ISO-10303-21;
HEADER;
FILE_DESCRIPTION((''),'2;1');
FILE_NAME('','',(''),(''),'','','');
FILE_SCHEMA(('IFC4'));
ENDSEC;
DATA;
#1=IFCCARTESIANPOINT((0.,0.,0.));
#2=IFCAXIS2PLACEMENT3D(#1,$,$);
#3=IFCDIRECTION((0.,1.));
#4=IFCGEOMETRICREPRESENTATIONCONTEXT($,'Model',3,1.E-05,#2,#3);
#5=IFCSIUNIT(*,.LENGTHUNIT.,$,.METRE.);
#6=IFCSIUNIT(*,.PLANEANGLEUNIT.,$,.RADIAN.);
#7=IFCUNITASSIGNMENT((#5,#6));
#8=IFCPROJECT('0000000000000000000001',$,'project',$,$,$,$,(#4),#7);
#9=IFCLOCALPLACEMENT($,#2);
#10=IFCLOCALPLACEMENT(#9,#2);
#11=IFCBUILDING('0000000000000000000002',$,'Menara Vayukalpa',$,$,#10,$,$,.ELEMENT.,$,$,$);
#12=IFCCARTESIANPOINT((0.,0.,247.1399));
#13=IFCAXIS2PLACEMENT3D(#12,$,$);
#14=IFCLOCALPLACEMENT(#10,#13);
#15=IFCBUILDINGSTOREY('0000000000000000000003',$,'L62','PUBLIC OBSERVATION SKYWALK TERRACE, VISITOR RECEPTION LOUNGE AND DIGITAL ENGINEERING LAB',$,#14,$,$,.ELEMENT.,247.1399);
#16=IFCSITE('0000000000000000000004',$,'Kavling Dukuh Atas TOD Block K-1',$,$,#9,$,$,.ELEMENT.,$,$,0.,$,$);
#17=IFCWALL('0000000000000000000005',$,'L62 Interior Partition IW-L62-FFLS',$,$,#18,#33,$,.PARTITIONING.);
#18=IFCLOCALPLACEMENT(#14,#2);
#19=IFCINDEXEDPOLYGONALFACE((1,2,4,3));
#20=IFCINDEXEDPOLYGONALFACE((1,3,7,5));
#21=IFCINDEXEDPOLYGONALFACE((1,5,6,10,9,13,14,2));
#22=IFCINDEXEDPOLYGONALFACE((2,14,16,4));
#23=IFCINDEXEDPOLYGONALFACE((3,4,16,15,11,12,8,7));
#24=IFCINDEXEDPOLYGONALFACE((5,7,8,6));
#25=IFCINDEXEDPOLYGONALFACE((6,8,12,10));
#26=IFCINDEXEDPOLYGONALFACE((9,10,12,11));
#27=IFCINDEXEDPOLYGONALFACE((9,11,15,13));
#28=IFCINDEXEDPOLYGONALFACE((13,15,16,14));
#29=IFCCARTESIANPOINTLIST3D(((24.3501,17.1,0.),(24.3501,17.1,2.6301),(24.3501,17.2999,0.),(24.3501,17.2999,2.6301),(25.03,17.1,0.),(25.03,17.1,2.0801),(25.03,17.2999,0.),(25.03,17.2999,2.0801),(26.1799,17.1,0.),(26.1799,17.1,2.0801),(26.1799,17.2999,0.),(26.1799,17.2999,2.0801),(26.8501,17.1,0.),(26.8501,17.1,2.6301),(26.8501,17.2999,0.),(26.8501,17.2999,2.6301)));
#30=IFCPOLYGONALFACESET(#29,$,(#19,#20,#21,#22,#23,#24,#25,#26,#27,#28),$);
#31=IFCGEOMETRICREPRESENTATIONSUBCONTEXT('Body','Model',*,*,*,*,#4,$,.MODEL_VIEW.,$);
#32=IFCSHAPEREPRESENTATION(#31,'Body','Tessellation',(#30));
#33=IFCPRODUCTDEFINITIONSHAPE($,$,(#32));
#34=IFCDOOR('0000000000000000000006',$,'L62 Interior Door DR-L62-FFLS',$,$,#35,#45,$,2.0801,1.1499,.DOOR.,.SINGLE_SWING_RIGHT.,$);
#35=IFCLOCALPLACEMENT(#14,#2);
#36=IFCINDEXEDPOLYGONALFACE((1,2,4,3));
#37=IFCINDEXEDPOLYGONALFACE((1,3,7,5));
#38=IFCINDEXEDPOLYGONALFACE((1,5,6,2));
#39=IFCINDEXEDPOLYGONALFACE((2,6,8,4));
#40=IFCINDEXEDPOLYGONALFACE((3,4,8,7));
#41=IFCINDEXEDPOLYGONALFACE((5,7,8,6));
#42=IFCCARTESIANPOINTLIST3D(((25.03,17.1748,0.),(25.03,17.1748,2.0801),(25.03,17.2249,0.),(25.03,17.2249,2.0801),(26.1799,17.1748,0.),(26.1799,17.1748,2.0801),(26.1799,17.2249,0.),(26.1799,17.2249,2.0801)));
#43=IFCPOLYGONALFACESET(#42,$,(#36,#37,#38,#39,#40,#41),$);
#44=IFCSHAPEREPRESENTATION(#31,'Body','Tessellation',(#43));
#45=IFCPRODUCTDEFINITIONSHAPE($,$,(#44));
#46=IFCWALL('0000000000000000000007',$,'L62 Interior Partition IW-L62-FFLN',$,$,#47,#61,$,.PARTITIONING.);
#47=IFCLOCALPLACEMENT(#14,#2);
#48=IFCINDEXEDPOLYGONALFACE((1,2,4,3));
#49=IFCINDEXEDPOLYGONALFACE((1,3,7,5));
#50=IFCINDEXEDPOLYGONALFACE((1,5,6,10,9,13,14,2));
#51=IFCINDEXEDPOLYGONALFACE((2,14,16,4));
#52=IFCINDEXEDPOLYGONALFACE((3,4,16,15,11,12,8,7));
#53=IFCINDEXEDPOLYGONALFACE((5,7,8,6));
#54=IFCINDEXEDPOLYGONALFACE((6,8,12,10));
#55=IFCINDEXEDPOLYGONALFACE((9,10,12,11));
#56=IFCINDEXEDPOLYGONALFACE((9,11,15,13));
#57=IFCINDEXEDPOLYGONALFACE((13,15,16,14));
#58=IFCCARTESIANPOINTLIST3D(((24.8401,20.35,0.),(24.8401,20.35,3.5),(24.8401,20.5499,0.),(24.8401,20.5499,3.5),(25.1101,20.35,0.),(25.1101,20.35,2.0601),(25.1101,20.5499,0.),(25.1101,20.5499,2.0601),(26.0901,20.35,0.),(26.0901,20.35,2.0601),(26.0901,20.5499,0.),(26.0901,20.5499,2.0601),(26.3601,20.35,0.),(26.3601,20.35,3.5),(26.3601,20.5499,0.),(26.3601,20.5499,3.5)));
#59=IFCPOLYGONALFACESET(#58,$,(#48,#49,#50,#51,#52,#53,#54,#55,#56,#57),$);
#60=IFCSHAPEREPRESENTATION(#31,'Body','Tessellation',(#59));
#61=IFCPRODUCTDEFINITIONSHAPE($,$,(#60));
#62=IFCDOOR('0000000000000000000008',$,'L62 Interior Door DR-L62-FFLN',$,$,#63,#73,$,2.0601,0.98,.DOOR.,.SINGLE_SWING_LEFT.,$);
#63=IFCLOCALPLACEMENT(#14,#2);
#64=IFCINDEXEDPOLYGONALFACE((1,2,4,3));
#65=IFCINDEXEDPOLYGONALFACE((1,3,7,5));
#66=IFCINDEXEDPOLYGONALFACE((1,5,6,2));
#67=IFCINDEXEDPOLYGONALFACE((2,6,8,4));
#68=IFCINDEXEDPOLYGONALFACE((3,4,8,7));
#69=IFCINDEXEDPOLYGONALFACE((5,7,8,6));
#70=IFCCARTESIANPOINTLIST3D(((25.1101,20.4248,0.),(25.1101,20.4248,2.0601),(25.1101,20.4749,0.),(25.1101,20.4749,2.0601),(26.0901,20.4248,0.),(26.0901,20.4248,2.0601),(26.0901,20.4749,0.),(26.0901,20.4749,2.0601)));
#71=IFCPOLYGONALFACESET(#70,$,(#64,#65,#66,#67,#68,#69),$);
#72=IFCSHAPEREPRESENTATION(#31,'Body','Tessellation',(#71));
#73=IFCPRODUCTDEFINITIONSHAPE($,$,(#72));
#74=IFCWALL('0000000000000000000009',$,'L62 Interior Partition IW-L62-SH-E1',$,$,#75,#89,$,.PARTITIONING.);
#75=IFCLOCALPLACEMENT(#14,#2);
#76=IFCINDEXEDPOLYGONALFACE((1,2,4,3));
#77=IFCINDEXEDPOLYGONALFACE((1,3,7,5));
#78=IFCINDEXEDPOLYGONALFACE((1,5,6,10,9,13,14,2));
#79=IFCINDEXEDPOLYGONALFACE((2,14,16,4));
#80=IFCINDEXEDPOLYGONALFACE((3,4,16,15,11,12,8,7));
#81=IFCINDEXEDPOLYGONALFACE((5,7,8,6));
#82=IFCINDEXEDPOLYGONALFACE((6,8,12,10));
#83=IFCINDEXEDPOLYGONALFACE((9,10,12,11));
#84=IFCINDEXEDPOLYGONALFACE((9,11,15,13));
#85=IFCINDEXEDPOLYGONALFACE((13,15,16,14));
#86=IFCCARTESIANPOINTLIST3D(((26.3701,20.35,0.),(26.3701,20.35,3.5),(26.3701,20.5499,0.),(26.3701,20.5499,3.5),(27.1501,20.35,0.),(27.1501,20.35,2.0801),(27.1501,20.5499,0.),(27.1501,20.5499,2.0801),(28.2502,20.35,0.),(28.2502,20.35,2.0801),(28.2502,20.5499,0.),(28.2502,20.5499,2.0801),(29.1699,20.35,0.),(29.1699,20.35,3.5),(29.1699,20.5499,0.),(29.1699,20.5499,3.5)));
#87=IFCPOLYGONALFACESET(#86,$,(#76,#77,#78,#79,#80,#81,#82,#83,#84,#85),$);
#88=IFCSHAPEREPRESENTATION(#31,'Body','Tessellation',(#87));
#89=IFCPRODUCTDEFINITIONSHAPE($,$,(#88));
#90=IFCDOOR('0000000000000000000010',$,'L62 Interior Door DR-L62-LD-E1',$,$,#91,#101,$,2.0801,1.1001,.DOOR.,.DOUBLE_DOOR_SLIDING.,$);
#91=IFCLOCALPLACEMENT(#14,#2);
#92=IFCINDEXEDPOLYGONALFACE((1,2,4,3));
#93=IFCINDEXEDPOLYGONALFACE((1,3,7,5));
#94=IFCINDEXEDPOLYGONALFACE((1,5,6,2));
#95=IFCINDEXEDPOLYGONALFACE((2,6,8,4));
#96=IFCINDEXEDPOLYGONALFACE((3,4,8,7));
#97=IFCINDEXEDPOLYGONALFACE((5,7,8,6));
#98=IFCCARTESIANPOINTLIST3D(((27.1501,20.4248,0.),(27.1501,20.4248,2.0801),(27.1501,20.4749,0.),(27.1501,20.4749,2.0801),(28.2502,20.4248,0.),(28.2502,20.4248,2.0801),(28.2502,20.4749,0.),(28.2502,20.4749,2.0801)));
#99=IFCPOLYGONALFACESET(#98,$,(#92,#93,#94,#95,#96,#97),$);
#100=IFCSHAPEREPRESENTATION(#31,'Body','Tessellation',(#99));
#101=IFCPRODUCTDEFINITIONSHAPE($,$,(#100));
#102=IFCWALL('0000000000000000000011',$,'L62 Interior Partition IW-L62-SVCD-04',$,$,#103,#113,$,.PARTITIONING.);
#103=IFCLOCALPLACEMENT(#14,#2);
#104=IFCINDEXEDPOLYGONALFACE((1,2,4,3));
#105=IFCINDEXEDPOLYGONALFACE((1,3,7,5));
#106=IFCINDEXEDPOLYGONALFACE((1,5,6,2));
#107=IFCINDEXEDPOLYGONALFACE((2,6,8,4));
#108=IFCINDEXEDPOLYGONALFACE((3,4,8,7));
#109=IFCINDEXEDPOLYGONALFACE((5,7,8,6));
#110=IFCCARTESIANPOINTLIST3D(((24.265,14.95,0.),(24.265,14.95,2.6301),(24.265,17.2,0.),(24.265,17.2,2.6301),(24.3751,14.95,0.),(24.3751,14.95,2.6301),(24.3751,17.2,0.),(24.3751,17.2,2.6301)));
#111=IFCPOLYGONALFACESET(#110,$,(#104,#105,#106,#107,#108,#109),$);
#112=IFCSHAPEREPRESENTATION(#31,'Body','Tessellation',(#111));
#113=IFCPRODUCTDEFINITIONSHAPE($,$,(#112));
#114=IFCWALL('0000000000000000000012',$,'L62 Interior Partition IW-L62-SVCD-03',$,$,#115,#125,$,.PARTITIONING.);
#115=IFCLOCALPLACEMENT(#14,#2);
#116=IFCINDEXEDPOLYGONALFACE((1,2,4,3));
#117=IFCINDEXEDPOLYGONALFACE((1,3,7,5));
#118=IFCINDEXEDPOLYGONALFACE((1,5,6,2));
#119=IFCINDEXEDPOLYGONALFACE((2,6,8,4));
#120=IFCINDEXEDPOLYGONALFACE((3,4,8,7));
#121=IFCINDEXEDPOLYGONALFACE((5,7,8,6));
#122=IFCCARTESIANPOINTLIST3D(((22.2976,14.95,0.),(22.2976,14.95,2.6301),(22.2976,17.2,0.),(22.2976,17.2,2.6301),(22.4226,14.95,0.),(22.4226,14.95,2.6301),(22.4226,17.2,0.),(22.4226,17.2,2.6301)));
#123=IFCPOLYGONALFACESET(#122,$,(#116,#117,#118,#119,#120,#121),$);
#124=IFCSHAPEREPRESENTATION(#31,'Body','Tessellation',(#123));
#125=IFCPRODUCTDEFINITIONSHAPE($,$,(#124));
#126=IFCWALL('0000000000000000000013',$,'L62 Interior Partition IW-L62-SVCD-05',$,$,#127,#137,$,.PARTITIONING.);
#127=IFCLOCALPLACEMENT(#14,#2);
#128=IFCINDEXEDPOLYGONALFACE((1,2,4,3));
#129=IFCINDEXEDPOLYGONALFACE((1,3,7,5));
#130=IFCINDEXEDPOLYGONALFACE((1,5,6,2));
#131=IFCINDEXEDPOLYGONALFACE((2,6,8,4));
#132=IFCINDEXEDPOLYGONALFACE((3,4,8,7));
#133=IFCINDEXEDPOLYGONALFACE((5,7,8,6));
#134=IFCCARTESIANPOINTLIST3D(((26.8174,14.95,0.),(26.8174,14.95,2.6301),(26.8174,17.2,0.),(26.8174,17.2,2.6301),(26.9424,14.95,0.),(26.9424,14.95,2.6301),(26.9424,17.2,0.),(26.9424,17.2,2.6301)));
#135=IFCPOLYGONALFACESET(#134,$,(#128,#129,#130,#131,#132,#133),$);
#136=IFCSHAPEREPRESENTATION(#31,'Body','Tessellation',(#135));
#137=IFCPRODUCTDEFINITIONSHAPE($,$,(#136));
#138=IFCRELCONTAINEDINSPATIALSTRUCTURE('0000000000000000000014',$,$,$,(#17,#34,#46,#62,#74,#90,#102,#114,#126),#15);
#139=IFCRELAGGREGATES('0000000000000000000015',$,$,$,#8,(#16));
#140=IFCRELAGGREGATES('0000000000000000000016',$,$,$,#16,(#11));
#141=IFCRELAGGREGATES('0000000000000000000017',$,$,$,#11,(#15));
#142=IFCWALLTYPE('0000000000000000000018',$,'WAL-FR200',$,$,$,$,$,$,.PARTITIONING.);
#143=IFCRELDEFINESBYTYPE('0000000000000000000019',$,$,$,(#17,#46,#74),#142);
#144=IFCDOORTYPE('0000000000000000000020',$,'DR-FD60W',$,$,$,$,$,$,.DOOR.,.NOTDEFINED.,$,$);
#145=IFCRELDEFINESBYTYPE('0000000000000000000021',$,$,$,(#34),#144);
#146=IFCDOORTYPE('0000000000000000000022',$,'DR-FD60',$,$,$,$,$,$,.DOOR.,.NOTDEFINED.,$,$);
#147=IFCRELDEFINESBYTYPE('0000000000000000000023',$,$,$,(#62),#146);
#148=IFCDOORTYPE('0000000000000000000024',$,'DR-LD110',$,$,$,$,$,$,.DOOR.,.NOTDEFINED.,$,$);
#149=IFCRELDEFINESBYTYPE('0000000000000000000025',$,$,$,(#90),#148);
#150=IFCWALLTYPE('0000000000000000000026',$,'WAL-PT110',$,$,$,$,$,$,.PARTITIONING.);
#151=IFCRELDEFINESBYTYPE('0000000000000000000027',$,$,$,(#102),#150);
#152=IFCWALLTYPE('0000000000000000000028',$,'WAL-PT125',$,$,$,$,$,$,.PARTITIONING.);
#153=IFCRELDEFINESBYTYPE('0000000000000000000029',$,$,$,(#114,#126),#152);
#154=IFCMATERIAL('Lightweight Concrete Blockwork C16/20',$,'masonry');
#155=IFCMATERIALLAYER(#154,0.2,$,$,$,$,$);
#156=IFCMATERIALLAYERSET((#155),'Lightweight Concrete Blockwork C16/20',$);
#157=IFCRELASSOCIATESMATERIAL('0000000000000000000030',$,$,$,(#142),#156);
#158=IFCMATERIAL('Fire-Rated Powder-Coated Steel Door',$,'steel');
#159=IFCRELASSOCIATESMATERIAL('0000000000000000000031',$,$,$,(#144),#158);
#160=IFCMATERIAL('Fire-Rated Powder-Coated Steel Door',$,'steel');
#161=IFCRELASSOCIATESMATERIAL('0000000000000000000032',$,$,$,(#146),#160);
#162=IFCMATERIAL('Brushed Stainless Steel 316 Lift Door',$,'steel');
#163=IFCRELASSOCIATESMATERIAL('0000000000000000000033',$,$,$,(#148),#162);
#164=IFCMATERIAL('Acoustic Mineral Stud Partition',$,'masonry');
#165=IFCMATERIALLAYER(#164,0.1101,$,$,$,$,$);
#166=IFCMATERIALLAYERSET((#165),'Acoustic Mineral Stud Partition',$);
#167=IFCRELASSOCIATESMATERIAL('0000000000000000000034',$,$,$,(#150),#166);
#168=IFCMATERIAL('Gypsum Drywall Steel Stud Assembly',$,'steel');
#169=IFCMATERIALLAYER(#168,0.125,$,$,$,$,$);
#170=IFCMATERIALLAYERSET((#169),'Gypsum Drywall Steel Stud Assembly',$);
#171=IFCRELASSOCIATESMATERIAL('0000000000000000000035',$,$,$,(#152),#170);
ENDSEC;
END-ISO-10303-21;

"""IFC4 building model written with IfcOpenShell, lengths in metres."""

from ifc_helpers import new_model, si_unit, direction, frame, frame_2d, origin, place, context, subcontext, project, spatial, rectangle, extrude, material, layer, layer_set, type_object, element, fill, save


model = new_model("IFC4")

# Units and contexts
model_context = context("Model", 3, precision=1e-05, world=origin(), true_north=direction((0.0, 1.0)))
body_context = subcontext(model_context, "Body", "Model", "MODEL_VIEW")
ifc_project = project(units=[si_unit("LENGTHUNIT", "METRE"), si_unit("PLANEANGLEUNIT", "RADIAN")], contexts=[model_context])

# Site, building, storey
site_placement = place(None, origin())
site = spatial("IfcSite", under=ifc_project, at=site_placement, Name="Kavling Dukuh Atas TOD Block K-1", CompositionType="ELEMENT", RefElevation=0.0)
building_placement = place(site_placement, origin())
building = spatial("IfcBuilding", under=site, at=building_placement, Name="Menara Vayukalpa", CompositionType="ELEMENT")
storey_placement = place(building_placement, frame((0.0, 0.0, 247.1399)))
storey = spatial("IfcBuildingStorey", under=building, at=storey_placement, Name="L62", Description="PUBLIC OBSERVATION SKYWALK TERRACE, VISITOR RECEPTION LOUNGE AND DIGITAL ENGINEERING LAB", CompositionType="ELEMENT", Elevation=247.1399)

# Walls, openings, doors
ifc_material_1 = material(Name="Lightweight Concrete Blockwork C16/20", Category="masonry")
ifc_layer_1 = layer(ifc_material_1, 0.2)
ifc_layer_set_1 = layer_set([ifc_layer_1], Name="Lightweight Concrete Blockwork C16/20")
wall_type_1 = type_object("IfcWallType", Name="WAL-FR200", PredefinedType="PARTITIONING", material=ifc_layer_set_1)
wall_1_placement = place(storey_placement, frame((24.3501, 17.2, 0.0), z_axis=(0.0, 0.0, 1.0), x_axis=(1.0, 0.0, 0.0)))
wall_1 = element("IfcWall", 1, at=wall_1_placement, inside=storey, type_object=wall_type_1, Name="L62 Interior Partition IW-L62-FFLS", PredefinedType="PARTITIONING", context=body_context, shape_type="SweptSolid", body=[
    extrude(rectangle(XDim=2.5, YDim=0.2, at=frame_2d((1.25, 0.0))), origin(), (0.0, 0.0, 1.0), 2.6301),
])
opening_1_placement = place(wall_1_placement, frame((0.6799, 0.0, 0.0)))
opening_1 = element("IfcOpeningElement", 2, at=opening_1_placement, cuts=wall_1, PredefinedType="OPENING", context=body_context, shape_type="SweptSolid", body=[
    extrude(rectangle(XDim=1.1499, YDim=2.0801, at=frame_2d((0.575, 1.04))), frame((0.0, 0.1099, 0.0), z_axis=(0.0, -1.0, 0.0), x_axis=(1.0, 0.0, 0.0)), (0.0, 0.0, 1.0), 0.22),
])
ifc_material_2 = material(Name="Fire-Rated Powder-Coated Steel Door", Category="steel")
door_type_1 = type_object("IfcDoorType", Name="DR-FD60W", OperationType="NOTDEFINED", PredefinedType="DOOR", material=ifc_material_2)
door_1_placement = place(opening_1_placement, origin())
door_1 = element("IfcDoor", 3, at=door_1_placement, inside=storey, type_object=door_type_1, Name="L62 Interior Door DR-L62-FFLS", OperationType="SINGLE_SWING_RIGHT", OverallHeight=2.0801, OverallWidth=1.1499, PredefinedType="DOOR", context=body_context, shape_type="SweptSolid", body=[
    extrude(rectangle(XDim=1.1499, YDim=2.0801, at=frame_2d((0.575, 1.04))), frame((0.0, 0.0249, 0.0), z_axis=(0.0, -1.0, 0.0), x_axis=(1.0, 0.0, 0.0)), (0.0, 0.0, 1.0), 0.05),
])
fill(opening_1, door_1)
wall_2_placement = place(storey_placement, frame((24.8401, 20.45, 0.0), z_axis=(0.0, 0.0, 1.0), x_axis=(1.0, 0.0, 0.0)))
wall_2 = element("IfcWall", 4, at=wall_2_placement, inside=storey, type_object=wall_type_1, Name="L62 Interior Partition IW-L62-FFLN", PredefinedType="PARTITIONING", context=body_context, shape_type="SweptSolid", body=[
    extrude(rectangle(XDim=1.52, YDim=0.2, at=frame_2d((0.76, 0.0))), origin(), (0.0, 0.0, 1.0), 3.5),
])
opening_2_placement = place(wall_2_placement, frame((0.27, 0.0, 0.0)))
opening_2 = element("IfcOpeningElement", 5, at=opening_2_placement, cuts=wall_2, PredefinedType="OPENING", context=body_context, shape_type="SweptSolid", body=[
    extrude(rectangle(XDim=0.98, YDim=2.0601, at=frame_2d((0.49, 1.03))), frame((0.0, 0.1099, 0.0), z_axis=(0.0, -1.0, 0.0), x_axis=(1.0, 0.0, 0.0)), (0.0, 0.0, 1.0), 0.22),
])
ifc_material_3 = material(Name="Fire-Rated Powder-Coated Steel Door", Category="steel")
door_type_2 = type_object("IfcDoorType", Name="DR-FD60", OperationType="NOTDEFINED", PredefinedType="DOOR", material=ifc_material_3)
door_2_placement = place(opening_2_placement, origin())
door_2 = element("IfcDoor", 6, at=door_2_placement, inside=storey, type_object=door_type_2, Name="L62 Interior Door DR-L62-FFLN", OperationType="SINGLE_SWING_LEFT", OverallHeight=2.0601, OverallWidth=0.98, PredefinedType="DOOR", context=body_context, shape_type="SweptSolid", body=[
    extrude(rectangle(XDim=0.98, YDim=2.0601, at=frame_2d((0.49, 1.03))), frame((0.0, 0.0249, 0.0), z_axis=(0.0, -1.0, 0.0), x_axis=(1.0, 0.0, 0.0)), (0.0, 0.0, 1.0), 0.05),
])
fill(opening_2, door_2)
wall_3_placement = place(storey_placement, frame((26.3701, 20.45, 0.0), z_axis=(0.0, 0.0, 1.0), x_axis=(1.0, 0.0, 0.0)))
wall_3 = element("IfcWall", 7, at=wall_3_placement, inside=storey, type_object=wall_type_1, Name="L62 Interior Partition IW-L62-SH-E1", PredefinedType="PARTITIONING", context=body_context, shape_type="SweptSolid", body=[
    extrude(rectangle(XDim=2.7998, YDim=0.2, at=frame_2d((1.3999, 0.0))), origin(), (0.0, 0.0, 1.0), 3.5),
])
opening_3_placement = place(wall_3_placement, frame((0.78, 0.0, 0.0)))
opening_3 = element("IfcOpeningElement", 8, at=opening_3_placement, cuts=wall_3, PredefinedType="OPENING", context=body_context, shape_type="SweptSolid", body=[
    extrude(rectangle(XDim=1.1001, YDim=2.0801, at=frame_2d((0.55, 1.04))), frame((0.0, 0.1099, 0.0), z_axis=(0.0, -1.0, 0.0), x_axis=(1.0, 0.0, 0.0)), (0.0, 0.0, 1.0), 0.22),
])
ifc_material_4 = material(Name="Brushed Stainless Steel 316 Lift Door", Category="steel")
door_type_3 = type_object("IfcDoorType", Name="DR-LD110", OperationType="NOTDEFINED", PredefinedType="DOOR", material=ifc_material_4)
door_3_placement = place(opening_3_placement, origin())
door_3 = element("IfcDoor", 9, at=door_3_placement, inside=storey, type_object=door_type_3, Name="L62 Interior Door DR-L62-LD-E1", OperationType="DOUBLE_DOOR_SLIDING", OverallHeight=2.0801, OverallWidth=1.1001, PredefinedType="DOOR", context=body_context, shape_type="SweptSolid", body=[
    extrude(rectangle(XDim=1.1001, YDim=2.0801, at=frame_2d((0.55, 1.04))), frame((0.0, 0.0249, 0.0), z_axis=(0.0, -1.0, 0.0), x_axis=(1.0, 0.0, 0.0)), (0.0, 0.0, 1.0), 0.05),
])
fill(opening_3, door_3)

# Walls
ifc_material_5 = material(Name="Acoustic Mineral Stud Partition", Category="masonry")
ifc_layer_2 = layer(ifc_material_5, 0.1101)
ifc_layer_set_2 = layer_set([ifc_layer_2], Name="Acoustic Mineral Stud Partition")
wall_type_2 = type_object("IfcWallType", Name="WAL-PT110", PredefinedType="PARTITIONING", material=ifc_layer_set_2)
wall_4_placement = place(storey_placement, frame((24.3201, 14.95, 0.0), z_axis=(0.0, 0.0, 1.0), x_axis=(0.0, 1.0, 0.0)))
element("IfcWall", 10, at=wall_4_placement, inside=storey, type_object=wall_type_2, Name="L62 Interior Partition IW-L62-SVCD-04", PredefinedType="PARTITIONING", context=body_context, shape_type="SweptSolid", body=[
    extrude(rectangle(XDim=2.25, YDim=0.1101, at=frame_2d((1.125, 0.0))), origin(), (0.0, 0.0, 1.0), 2.6301),
])
ifc_material_6 = material(Name="Gypsum Drywall Steel Stud Assembly", Category="steel")
ifc_layer_3 = layer(ifc_material_6, 0.125)
ifc_layer_set_3 = layer_set([ifc_layer_3], Name="Gypsum Drywall Steel Stud Assembly")
wall_type_3 = type_object("IfcWallType", Name="WAL-PT125", PredefinedType="PARTITIONING", material=ifc_layer_set_3)
for number, where, z_axis, x_axis, name in (
    (11, (22.3601, 14.95, 0.0), (0.0, 0.0, 1.0), (0.0, 1.0, 0.0), "L62 Interior Partition IW-L62-SVCD-03"),
    (12, (26.8799, 14.95, 0.0), (0.0, 0.0, 1.0), (0.0, 1.0, 0.0), "L62 Interior Partition IW-L62-SVCD-05"),
):
    element("IfcWall", number, at=place(storey_placement, frame(where, z_axis=z_axis, x_axis=x_axis)), inside=storey, type_object=wall_type_3, Name=name, PredefinedType="PARTITIONING", context=body_context, shape_type="SweptSolid", body=[
        extrude(rectangle(XDim=2.25, YDim=0.125, at=frame_2d((1.125, 0.0))), origin(), (0.0, 0.0, 1.0), 2.6301),
    ])

save(model, "model.ifc")
